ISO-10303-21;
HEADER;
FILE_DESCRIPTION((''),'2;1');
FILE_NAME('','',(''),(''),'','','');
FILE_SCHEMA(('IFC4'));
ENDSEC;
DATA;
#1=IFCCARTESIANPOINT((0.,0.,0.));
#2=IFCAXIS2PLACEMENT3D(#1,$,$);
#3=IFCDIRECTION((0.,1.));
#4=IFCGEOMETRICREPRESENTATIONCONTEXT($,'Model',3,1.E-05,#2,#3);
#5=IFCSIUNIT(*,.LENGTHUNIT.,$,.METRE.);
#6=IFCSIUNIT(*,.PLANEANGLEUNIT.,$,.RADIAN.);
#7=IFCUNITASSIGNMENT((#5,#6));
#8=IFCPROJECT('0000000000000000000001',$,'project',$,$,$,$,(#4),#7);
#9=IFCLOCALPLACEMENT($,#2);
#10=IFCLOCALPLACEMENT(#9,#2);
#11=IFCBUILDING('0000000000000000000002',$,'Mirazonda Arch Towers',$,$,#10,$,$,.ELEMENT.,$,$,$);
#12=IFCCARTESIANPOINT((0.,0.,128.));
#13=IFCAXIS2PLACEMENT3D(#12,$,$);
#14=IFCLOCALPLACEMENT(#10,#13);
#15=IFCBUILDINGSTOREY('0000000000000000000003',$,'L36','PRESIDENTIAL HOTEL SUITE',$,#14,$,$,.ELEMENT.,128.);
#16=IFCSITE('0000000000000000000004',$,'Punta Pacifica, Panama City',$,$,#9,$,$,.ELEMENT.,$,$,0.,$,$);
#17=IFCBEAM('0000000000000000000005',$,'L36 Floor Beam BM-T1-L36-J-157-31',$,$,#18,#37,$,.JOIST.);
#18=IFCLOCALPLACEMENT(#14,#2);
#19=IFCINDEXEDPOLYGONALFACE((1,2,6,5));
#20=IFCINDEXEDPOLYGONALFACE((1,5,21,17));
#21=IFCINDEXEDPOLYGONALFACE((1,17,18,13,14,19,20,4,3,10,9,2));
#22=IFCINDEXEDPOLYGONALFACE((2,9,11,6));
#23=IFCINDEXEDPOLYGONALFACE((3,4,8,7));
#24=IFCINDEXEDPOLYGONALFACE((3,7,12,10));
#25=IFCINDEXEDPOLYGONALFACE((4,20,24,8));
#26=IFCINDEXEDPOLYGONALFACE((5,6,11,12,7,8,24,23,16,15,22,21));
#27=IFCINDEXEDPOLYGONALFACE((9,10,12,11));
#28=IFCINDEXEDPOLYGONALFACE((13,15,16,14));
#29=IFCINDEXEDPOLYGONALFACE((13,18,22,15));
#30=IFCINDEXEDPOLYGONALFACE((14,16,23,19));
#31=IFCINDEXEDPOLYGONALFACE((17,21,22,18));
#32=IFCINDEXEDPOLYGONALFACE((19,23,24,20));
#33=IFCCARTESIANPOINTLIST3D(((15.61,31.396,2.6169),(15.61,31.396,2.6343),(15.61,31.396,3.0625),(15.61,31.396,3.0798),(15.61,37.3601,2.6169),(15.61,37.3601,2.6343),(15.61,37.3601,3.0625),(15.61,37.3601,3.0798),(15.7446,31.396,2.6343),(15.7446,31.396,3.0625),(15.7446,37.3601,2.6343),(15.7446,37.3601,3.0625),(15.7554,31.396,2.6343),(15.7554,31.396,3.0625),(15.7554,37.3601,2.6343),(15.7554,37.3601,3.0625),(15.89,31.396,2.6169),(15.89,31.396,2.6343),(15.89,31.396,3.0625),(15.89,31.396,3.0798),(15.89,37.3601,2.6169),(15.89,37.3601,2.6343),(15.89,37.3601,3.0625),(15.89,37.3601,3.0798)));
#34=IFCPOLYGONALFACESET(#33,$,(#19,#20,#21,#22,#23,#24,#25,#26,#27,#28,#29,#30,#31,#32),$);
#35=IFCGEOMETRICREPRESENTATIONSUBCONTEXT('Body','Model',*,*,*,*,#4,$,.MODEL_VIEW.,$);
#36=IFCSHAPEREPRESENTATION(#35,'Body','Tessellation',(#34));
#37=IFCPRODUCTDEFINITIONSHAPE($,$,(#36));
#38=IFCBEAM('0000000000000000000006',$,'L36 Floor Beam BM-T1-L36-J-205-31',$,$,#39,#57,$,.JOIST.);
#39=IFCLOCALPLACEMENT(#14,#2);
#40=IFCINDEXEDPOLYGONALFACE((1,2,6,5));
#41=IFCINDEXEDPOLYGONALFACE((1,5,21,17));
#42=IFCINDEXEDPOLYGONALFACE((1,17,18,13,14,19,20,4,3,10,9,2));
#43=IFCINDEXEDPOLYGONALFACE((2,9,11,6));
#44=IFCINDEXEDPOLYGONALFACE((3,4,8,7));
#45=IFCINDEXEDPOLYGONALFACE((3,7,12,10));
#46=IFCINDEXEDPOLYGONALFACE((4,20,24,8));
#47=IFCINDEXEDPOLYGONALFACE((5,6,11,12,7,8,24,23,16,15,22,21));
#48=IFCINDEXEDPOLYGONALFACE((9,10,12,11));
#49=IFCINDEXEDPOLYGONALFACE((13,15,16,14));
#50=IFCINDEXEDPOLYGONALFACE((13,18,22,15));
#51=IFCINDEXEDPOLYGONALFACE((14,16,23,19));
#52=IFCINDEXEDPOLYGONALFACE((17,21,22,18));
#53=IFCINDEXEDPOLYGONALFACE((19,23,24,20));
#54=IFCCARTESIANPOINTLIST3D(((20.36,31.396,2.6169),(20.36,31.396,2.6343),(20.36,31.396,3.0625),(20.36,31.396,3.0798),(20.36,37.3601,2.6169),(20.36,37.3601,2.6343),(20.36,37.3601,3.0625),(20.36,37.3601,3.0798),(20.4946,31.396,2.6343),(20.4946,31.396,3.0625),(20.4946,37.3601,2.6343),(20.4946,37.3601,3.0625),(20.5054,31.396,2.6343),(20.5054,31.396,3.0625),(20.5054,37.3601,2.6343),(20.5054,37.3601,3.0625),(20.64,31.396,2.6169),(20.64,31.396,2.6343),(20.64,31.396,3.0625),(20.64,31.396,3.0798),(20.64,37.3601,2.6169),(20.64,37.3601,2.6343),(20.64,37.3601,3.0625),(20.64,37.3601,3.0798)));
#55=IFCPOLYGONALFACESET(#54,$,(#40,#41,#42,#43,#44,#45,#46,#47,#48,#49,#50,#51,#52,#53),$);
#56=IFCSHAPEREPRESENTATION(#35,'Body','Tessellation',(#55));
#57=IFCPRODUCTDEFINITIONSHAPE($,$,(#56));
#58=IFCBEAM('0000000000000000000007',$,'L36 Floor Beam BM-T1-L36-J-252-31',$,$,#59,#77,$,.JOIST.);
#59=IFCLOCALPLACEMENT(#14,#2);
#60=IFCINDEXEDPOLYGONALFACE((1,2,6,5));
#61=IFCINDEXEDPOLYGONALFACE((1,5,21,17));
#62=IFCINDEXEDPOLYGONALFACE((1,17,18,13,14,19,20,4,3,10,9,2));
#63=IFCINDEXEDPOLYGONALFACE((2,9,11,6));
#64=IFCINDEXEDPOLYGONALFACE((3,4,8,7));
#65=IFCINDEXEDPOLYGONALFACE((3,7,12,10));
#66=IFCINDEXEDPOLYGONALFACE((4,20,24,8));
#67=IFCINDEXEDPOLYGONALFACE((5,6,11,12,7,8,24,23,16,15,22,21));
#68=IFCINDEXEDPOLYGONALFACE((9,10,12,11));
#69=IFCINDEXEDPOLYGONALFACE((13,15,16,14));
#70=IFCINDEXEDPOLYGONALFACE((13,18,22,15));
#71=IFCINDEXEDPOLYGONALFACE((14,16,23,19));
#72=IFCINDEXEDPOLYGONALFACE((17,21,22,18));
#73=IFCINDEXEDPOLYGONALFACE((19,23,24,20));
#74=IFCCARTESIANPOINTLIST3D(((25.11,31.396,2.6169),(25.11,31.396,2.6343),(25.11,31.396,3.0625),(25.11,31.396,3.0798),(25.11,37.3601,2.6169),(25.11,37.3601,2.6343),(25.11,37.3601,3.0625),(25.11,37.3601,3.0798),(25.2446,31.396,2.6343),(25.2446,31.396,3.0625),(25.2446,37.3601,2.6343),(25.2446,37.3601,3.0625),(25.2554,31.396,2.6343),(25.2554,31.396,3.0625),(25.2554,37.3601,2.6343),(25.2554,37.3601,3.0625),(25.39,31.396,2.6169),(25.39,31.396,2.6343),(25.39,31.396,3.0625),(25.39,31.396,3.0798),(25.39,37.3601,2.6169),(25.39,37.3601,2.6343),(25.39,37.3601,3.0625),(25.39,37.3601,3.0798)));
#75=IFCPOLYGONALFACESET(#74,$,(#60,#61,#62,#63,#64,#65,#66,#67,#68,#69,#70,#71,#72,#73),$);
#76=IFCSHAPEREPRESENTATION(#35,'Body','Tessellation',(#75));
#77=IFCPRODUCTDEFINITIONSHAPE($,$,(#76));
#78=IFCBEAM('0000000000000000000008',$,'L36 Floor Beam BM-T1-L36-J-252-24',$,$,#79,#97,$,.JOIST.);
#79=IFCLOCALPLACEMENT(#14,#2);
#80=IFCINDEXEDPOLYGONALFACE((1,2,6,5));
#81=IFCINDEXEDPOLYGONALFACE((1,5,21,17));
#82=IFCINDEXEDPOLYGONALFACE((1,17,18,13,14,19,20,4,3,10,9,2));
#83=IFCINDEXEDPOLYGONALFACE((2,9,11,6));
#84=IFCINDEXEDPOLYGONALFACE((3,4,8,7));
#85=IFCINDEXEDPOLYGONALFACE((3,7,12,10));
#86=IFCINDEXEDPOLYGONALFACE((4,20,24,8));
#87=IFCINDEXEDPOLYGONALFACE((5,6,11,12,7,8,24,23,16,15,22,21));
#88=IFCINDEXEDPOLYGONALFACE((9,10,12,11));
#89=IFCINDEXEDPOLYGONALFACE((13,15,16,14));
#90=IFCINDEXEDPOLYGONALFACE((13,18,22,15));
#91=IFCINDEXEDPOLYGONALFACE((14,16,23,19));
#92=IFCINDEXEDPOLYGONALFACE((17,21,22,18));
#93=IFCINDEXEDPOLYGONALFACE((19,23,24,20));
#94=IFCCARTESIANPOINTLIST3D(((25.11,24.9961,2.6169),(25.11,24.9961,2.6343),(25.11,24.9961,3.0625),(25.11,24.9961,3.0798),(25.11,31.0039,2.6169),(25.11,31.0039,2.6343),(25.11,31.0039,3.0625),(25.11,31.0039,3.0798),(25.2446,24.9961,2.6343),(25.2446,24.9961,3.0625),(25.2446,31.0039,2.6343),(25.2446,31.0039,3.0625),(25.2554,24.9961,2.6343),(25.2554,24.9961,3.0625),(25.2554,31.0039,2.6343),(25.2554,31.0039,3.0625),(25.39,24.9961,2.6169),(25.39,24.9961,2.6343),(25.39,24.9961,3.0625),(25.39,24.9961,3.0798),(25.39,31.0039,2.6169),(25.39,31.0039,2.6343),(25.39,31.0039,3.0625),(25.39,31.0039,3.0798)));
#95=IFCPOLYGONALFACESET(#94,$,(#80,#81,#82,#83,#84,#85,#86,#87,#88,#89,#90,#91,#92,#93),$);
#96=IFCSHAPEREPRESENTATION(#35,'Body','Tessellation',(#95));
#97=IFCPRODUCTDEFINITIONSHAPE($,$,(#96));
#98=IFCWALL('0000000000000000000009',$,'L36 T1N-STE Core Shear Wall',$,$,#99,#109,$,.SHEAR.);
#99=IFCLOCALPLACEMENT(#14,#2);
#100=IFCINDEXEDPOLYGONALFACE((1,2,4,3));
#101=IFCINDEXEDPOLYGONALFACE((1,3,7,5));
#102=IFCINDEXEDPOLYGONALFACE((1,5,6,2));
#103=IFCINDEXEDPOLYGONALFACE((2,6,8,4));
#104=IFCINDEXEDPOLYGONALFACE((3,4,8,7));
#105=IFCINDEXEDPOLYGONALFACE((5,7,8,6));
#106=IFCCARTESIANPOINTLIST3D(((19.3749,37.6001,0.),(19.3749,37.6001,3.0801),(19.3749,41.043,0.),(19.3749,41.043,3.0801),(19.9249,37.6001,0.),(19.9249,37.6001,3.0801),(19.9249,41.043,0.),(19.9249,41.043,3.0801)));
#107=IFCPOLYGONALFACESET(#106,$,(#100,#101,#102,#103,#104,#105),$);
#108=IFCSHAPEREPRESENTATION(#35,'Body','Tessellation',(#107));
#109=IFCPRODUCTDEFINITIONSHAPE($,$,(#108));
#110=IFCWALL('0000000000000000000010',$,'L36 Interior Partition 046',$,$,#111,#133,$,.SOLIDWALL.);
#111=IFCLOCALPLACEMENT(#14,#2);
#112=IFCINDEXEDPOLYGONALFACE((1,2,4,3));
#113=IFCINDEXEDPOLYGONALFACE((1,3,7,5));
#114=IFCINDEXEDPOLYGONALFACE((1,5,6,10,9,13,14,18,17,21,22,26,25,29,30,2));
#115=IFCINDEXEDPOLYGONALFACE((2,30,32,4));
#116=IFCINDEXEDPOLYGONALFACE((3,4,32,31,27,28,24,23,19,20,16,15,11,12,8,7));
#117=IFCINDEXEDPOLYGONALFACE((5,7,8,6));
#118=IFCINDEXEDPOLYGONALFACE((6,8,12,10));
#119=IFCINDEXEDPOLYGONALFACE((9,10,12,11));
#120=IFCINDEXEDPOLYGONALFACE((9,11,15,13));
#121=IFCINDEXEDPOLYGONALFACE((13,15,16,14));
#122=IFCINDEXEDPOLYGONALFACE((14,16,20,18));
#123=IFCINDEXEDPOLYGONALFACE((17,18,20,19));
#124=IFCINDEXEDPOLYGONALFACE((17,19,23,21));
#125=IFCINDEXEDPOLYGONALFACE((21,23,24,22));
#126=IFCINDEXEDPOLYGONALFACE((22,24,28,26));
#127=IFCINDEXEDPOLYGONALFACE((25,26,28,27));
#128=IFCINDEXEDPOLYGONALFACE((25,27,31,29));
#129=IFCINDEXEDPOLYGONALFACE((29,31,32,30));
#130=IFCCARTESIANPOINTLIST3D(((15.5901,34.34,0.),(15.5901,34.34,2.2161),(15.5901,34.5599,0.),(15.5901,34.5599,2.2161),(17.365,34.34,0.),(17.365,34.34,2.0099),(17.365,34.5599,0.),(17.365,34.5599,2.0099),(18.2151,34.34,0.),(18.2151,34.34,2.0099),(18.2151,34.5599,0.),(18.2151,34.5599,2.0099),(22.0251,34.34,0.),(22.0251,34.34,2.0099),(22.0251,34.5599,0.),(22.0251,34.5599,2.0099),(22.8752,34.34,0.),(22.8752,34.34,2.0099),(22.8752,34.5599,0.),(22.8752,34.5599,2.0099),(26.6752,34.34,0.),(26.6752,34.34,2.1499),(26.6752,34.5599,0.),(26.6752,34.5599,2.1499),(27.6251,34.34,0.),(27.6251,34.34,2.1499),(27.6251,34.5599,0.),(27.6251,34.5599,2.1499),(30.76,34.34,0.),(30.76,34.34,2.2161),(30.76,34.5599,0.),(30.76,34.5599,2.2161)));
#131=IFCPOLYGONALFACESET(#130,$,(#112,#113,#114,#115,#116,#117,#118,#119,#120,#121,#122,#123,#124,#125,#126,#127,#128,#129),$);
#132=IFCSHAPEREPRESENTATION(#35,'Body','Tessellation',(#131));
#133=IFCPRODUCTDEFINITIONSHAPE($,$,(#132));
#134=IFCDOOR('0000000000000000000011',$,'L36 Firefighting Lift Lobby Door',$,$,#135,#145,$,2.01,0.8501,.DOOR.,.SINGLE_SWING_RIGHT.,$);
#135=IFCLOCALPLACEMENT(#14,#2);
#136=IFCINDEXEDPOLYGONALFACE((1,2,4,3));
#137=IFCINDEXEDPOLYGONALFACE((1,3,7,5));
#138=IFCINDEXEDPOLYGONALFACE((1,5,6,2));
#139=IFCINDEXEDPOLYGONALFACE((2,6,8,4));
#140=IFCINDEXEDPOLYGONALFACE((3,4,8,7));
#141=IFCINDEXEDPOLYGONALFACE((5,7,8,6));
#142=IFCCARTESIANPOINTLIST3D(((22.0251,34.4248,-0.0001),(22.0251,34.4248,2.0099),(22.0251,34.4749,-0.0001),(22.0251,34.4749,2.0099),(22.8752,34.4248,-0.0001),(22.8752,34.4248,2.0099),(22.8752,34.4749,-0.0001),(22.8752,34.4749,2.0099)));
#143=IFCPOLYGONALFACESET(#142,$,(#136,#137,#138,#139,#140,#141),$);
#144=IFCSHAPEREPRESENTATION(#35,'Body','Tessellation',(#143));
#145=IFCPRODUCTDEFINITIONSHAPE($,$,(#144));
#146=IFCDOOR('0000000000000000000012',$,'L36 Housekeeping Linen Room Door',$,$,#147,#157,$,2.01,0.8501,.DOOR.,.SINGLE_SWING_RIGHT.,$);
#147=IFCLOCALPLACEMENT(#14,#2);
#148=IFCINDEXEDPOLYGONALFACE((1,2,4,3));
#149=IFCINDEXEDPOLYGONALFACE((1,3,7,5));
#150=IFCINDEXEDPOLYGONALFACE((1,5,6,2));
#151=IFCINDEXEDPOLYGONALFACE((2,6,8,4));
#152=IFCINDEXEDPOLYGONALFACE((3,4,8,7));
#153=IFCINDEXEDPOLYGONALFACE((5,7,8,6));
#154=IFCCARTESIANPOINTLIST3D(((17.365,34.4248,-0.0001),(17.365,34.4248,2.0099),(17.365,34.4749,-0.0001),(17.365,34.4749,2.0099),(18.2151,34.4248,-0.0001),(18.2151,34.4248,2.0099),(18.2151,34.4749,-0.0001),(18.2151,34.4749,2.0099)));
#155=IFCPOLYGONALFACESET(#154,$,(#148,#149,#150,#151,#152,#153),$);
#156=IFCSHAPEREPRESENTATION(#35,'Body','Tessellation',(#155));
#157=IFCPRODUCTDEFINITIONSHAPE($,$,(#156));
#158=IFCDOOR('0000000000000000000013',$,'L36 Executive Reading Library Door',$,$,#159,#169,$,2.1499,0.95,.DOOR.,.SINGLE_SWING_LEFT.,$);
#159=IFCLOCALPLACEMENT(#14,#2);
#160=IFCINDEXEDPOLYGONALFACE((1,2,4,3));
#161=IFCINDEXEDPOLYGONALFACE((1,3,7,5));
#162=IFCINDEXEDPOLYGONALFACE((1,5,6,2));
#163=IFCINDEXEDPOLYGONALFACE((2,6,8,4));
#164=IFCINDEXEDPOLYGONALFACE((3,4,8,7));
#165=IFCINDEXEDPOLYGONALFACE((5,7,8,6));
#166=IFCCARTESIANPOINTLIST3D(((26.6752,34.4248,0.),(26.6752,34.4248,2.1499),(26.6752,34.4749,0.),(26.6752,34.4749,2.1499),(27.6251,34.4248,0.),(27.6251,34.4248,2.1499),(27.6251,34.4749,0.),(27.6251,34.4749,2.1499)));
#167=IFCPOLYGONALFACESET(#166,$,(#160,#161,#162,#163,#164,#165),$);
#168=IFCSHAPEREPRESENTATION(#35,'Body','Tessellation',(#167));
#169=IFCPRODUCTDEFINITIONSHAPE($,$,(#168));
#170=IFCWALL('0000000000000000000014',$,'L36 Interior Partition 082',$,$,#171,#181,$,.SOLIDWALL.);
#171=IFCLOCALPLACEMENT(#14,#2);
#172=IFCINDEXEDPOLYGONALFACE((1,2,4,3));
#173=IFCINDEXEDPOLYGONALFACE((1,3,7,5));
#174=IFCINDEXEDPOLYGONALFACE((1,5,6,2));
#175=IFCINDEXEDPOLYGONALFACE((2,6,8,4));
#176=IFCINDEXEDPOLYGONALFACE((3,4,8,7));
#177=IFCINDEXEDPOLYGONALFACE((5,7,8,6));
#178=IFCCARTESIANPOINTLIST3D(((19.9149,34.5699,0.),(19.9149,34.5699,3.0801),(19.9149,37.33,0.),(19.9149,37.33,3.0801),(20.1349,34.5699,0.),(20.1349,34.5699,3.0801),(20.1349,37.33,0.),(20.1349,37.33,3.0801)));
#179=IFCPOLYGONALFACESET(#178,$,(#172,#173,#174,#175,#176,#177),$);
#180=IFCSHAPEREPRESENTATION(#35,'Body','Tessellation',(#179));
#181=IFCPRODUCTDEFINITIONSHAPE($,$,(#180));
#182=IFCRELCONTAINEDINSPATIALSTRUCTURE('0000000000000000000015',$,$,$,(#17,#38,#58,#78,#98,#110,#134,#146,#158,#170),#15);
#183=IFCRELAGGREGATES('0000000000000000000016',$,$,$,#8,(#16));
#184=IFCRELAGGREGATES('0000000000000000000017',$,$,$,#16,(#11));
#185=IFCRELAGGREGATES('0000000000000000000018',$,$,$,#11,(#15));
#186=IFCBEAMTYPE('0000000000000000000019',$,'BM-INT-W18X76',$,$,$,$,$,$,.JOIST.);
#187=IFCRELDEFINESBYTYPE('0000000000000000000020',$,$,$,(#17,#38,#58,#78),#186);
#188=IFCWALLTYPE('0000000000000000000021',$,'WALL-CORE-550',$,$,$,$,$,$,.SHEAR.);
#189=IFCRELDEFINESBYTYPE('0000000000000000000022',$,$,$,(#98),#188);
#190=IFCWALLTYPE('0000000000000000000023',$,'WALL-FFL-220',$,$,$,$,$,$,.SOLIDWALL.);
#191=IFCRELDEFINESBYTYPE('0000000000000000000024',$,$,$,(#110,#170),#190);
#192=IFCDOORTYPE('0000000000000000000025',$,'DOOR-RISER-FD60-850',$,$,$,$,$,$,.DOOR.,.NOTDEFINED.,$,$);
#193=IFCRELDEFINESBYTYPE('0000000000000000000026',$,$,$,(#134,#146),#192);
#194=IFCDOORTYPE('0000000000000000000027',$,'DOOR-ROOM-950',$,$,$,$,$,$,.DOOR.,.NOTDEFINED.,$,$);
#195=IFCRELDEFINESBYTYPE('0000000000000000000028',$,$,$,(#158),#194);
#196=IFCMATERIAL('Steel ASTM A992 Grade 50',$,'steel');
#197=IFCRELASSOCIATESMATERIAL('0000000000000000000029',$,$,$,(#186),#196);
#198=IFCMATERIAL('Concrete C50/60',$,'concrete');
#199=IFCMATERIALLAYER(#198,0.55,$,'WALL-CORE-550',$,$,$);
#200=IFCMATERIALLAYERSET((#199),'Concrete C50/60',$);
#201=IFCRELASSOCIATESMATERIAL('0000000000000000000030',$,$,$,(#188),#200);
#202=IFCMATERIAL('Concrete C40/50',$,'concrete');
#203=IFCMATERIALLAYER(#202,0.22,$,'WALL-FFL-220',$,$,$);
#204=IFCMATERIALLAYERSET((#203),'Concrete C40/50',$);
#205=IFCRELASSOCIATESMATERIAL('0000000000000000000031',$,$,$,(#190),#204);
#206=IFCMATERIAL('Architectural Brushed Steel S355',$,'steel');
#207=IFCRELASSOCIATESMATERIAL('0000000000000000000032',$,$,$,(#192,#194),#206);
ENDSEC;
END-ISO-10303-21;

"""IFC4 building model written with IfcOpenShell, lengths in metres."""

from ifc_helpers import new_model, si_unit, direction, frame, frame_2d, origin, origin_2d, place, context, subcontext, project, spatial, rectangle, i_section, extrude, material, layer, layer_set, material_profile, profile_set, type_object, element, fill, save


model = new_model("IFC4")

# Units and contexts
model_context = context("Model", 3, precision=1e-05, world=origin(), true_north=direction((0.0, 1.0)))
body_context = subcontext(model_context, "Body", "Model", "MODEL_VIEW")
ifc_project = project(units=[si_unit("LENGTHUNIT", "METRE"), si_unit("PLANEANGLEUNIT", "RADIAN")], contexts=[model_context])

# Site, building, storey
site_placement = place(None, origin())
site = spatial("IfcSite", under=ifc_project, at=site_placement, Name="Punta Pacifica, Panama City", CompositionType="ELEMENT", RefElevation=0.0)
building_placement = place(site_placement, origin())
building = spatial("IfcBuilding", under=site, at=building_placement, Name="Mirazonda Arch Towers", CompositionType="ELEMENT")
storey_placement = place(building_placement, frame((0.0, 0.0, 128.0)))
storey = spatial("IfcBuildingStorey", under=building, at=storey_placement, Name="L36", Description="PRESIDENTIAL HOTEL SUITE", CompositionType="ELEMENT", Elevation=128.0)

# Beams
ifc_material_1 = material(Name="Steel ASTM A992 Grade 50", Category="steel")
ifc_material_profile = material_profile(ifc_material_1, i_section(OverallWidth=0.28, OverallDepth=0.4629, WebThickness=0.0107, FlangeThickness=0.0173, at=origin_2d()), Name="W18X76")
ifc_profile_set = profile_set([ifc_material_profile], Name="Steel ASTM A992 Grade 50")
beam_type = type_object("IfcBeamType", Name="BM-INT-W18X76", PredefinedType="JOIST", material=ifc_profile_set)
for number, where, z_axis, x_axis, name in (
    (1, (15.75, 31.396, 2.8484), (0.0, 1.0, 0.0), (-1.0, 0.0, 0.0), "L36 Floor Beam BM-T1-L36-J-157-31"),
    (2, (20.5, 31.396, 2.8484), (0.0, 1.0, 0.0), (-1.0, 0.0, 0.0), "L36 Floor Beam BM-T1-L36-J-205-31"),
    (3, (25.25, 31.396, 2.8484), (0.0, 1.0, 0.0), (-1.0, 0.0, 0.0), "L36 Floor Beam BM-T1-L36-J-252-31"),
):
    element("IfcBeam", number, at=place(storey_placement, frame(where, z_axis=z_axis, x_axis=x_axis)), inside=storey, type_object=beam_type, Name=name, PredefinedType="JOIST", context=body_context, shape_type="SweptSolid", body=[
        extrude(i_section(OverallWidth=0.28, OverallDepth=0.4629, WebThickness=0.0107, FlangeThickness=0.0173, at=origin_2d()), origin(), (0.0, 0.0, 1.0), 5.9641),
    ])
beam_placement = place(storey_placement, frame((25.25, 24.9961, 2.8484), z_axis=(0.0, 1.0, 0.0), x_axis=(-1.0, 0.0, 0.0)))
element("IfcBeam", 4, at=beam_placement, inside=storey, type_object=beam_type, Name="L36 Floor Beam BM-T1-L36-J-252-24", PredefinedType="JOIST", context=body_context, shape_type="SweptSolid", body=[
    extrude(i_section(OverallWidth=0.28, OverallDepth=0.4629, WebThickness=0.0107, FlangeThickness=0.0173, at=origin_2d()), origin(), (0.0, 0.0, 1.0), 6.0078),
])

# Wall
ifc_material_2 = material(Name="Concrete C50/60", Category="concrete")
ifc_layer_1 = layer(ifc_material_2, 0.55, Name="WALL-CORE-550")
ifc_layer_set_1 = layer_set([ifc_layer_1], Name="Concrete C50/60")
wall_type_1 = type_object("IfcWallType", Name="WALL-CORE-550", PredefinedType="SHEAR", material=ifc_layer_set_1)
wall_1_placement = place(storey_placement, frame((19.6499, 37.6001, 0.0), z_axis=(0.0, 0.0, 1.0), x_axis=(0.0, 1.0, 0.0)))
element("IfcWall", 5, at=wall_1_placement, inside=storey, type_object=wall_type_1, Name="L36 T1N-STE Core Shear Wall", PredefinedType="SHEAR", context=body_context, shape_type="SweptSolid", body=[
    extrude(rectangle(XDim=3.4429, YDim=0.55, at=frame_2d((1.7214, 0.0))), origin(), (0.0, 0.0, 1.0), 3.0801),
])

# Wall, openings, doors
ifc_material_3 = material(Name="Concrete C40/50", Category="concrete")
ifc_layer_2 = layer(ifc_material_3, 0.22, Name="WALL-FFL-220")
ifc_layer_set_2 = layer_set([ifc_layer_2], Name="Concrete C40/50")
wall_type_2 = type_object("IfcWallType", Name="WALL-FFL-220", PredefinedType="SOLIDWALL", material=ifc_layer_set_2)
wall_2_placement = place(storey_placement, frame((15.5901, 34.45, 0.0), z_axis=(0.0, 0.0, 1.0), x_axis=(1.0, 0.0, 0.0)))
wall_2 = element("IfcWall", 6, at=wall_2_placement, inside=storey, type_object=wall_type_2, Name="L36 Interior Partition 046", PredefinedType="SOLIDWALL", context=body_context, shape_type="SweptSolid", body=[
    extrude(rectangle(XDim=15.1699, YDim=0.22, at=frame_2d((7.585, 0.0))), origin(), (0.0, 0.0, 1.0), 2.2161),
])
opening_1_placement = place(wall_2_placement, frame((6.4351, 0.0, 0.0)))
opening_1 = element("IfcOpeningElement", 7, at=opening_1_placement, cuts=wall_2, PredefinedType="OPENING", context=body_context, shape_type="SweptSolid", body=[
    extrude(rectangle(XDim=0.8501, YDim=2.01, at=frame_2d((0.425, 1.0049))), frame((0.0, 0.1199, 0.0), z_axis=(0.0, -1.0, 0.0), x_axis=(1.0, 0.0, 0.0)), (0.0, 0.0, 1.0), 0.24),
])
opening_2_placement = place(wall_2_placement, frame((11.085, 0.0, 0.0)))
opening_2 = element("IfcOpeningElement", 8, at=opening_2_placement, cuts=wall_2, PredefinedType="OPENING", context=body_context, shape_type="SweptSolid", body=[
    extrude(rectangle(XDim=0.95, YDim=2.1499, at=frame_2d((0.4751, 1.075))), frame((0.0, 0.1199, 0.0), z_axis=(0.0, -1.0, 0.0), x_axis=(1.0, 0.0, 0.0)), (0.0, 0.0, 1.0), 0.24),
])
opening_3_placement = place(wall_2_placement, frame((1.7749, 0.0, 0.0)))
opening_3 = element("IfcOpeningElement", 9, at=opening_3_placement, cuts=wall_2, PredefinedType="OPENING", context=body_context, shape_type="SweptSolid", body=[
    extrude(rectangle(XDim=0.8501, YDim=2.01, at=frame_2d((0.425, 1.0049))), frame((0.0, 0.1199, 0.0), z_axis=(0.0, -1.0, 0.0), x_axis=(1.0, 0.0, 0.0)), (0.0, 0.0, 1.0), 0.24),
])
ifc_material_4 = material(Name="Architectural Brushed Steel S355", Category="steel")
door_type_1 = type_object("IfcDoorType", Name="DOOR-RISER-FD60-850", OperationType="NOTDEFINED", PredefinedType="DOOR", material=ifc_material_4)
door_1_placement = place(opening_1_placement, origin())
door_1 = element("IfcDoor", 10, at=door_1_placement, inside=storey, type_object=door_type_1, Name="L36 Firefighting Lift Lobby Door", OperationType="SINGLE_SWING_RIGHT", OverallHeight=2.01, OverallWidth=0.8501, PredefinedType="DOOR", context=body_context, shape_type="SweptSolid", body=[
    extrude(rectangle(XDim=0.8501, YDim=2.01, at=frame_2d((0.425, 1.0049))), frame((0.0, 0.0249, 0.0), z_axis=(0.0, -1.0, 0.0), x_axis=(1.0, 0.0, 0.0)), (0.0, 0.0, 1.0), 0.05),
])
fill(opening_1, door_1)
door_2_placement = place(opening_3_placement, origin())
door_2 = element("IfcDoor", 11, at=door_2_placement, inside=storey, type_object=door_type_1, Name="L36 Housekeeping Linen Room Door", OperationType="SINGLE_SWING_RIGHT", OverallHeight=2.01, OverallWidth=0.8501, PredefinedType="DOOR", context=body_context, shape_type="SweptSolid", body=[
    extrude(rectangle(XDim=0.8501, YDim=2.01, at=frame_2d((0.425, 1.0049))), frame((0.0, 0.0249, 0.0), z_axis=(0.0, -1.0, 0.0), x_axis=(1.0, 0.0, 0.0)), (0.0, 0.0, 1.0), 0.05),
])
fill(opening_3, door_2)
door_type_2 = type_object("IfcDoorType", Name="DOOR-ROOM-950", OperationType="NOTDEFINED", PredefinedType="DOOR", material=ifc_material_4)
door_3_placement = place(opening_2_placement, origin())
door_3 = element("IfcDoor", 12, at=door_3_placement, inside=storey, type_object=door_type_2, Name="L36 Executive Reading Library Door", OperationType="SINGLE_SWING_LEFT", OverallHeight=2.1499, OverallWidth=0.95, PredefinedType="DOOR", context=body_context, shape_type="SweptSolid", body=[
    extrude(rectangle(XDim=0.95, YDim=2.1499, at=frame_2d((0.4751, 1.075))), frame((0.0, 0.0249, 0.0), z_axis=(0.0, -1.0, 0.0), x_axis=(1.0, 0.0, 0.0)), (0.0, 0.0, 1.0), 0.05),
])
fill(opening_2, door_3)

# Wall
for number, where, z_axis, x_axis, name in (
    (13, (20.0249, 34.5701, 0.0), (0.0, 0.0, 1.0), (0.0, 1.0, 0.0), "L36 Interior Partition 082"),
):
    element("IfcWall", number, at=place(storey_placement, frame(where, z_axis=z_axis, x_axis=x_axis)), inside=storey, type_object=wall_type_2, Name=name, PredefinedType="SOLIDWALL", context=body_context, shape_type="SweptSolid", body=[
        extrude(rectangle(XDim=2.76, YDim=0.22, at=frame_2d((1.3799, 0.0))), origin(), (0.0, 0.0, 1.0), 3.0801),
    ])

save(model, "model.ifc")
